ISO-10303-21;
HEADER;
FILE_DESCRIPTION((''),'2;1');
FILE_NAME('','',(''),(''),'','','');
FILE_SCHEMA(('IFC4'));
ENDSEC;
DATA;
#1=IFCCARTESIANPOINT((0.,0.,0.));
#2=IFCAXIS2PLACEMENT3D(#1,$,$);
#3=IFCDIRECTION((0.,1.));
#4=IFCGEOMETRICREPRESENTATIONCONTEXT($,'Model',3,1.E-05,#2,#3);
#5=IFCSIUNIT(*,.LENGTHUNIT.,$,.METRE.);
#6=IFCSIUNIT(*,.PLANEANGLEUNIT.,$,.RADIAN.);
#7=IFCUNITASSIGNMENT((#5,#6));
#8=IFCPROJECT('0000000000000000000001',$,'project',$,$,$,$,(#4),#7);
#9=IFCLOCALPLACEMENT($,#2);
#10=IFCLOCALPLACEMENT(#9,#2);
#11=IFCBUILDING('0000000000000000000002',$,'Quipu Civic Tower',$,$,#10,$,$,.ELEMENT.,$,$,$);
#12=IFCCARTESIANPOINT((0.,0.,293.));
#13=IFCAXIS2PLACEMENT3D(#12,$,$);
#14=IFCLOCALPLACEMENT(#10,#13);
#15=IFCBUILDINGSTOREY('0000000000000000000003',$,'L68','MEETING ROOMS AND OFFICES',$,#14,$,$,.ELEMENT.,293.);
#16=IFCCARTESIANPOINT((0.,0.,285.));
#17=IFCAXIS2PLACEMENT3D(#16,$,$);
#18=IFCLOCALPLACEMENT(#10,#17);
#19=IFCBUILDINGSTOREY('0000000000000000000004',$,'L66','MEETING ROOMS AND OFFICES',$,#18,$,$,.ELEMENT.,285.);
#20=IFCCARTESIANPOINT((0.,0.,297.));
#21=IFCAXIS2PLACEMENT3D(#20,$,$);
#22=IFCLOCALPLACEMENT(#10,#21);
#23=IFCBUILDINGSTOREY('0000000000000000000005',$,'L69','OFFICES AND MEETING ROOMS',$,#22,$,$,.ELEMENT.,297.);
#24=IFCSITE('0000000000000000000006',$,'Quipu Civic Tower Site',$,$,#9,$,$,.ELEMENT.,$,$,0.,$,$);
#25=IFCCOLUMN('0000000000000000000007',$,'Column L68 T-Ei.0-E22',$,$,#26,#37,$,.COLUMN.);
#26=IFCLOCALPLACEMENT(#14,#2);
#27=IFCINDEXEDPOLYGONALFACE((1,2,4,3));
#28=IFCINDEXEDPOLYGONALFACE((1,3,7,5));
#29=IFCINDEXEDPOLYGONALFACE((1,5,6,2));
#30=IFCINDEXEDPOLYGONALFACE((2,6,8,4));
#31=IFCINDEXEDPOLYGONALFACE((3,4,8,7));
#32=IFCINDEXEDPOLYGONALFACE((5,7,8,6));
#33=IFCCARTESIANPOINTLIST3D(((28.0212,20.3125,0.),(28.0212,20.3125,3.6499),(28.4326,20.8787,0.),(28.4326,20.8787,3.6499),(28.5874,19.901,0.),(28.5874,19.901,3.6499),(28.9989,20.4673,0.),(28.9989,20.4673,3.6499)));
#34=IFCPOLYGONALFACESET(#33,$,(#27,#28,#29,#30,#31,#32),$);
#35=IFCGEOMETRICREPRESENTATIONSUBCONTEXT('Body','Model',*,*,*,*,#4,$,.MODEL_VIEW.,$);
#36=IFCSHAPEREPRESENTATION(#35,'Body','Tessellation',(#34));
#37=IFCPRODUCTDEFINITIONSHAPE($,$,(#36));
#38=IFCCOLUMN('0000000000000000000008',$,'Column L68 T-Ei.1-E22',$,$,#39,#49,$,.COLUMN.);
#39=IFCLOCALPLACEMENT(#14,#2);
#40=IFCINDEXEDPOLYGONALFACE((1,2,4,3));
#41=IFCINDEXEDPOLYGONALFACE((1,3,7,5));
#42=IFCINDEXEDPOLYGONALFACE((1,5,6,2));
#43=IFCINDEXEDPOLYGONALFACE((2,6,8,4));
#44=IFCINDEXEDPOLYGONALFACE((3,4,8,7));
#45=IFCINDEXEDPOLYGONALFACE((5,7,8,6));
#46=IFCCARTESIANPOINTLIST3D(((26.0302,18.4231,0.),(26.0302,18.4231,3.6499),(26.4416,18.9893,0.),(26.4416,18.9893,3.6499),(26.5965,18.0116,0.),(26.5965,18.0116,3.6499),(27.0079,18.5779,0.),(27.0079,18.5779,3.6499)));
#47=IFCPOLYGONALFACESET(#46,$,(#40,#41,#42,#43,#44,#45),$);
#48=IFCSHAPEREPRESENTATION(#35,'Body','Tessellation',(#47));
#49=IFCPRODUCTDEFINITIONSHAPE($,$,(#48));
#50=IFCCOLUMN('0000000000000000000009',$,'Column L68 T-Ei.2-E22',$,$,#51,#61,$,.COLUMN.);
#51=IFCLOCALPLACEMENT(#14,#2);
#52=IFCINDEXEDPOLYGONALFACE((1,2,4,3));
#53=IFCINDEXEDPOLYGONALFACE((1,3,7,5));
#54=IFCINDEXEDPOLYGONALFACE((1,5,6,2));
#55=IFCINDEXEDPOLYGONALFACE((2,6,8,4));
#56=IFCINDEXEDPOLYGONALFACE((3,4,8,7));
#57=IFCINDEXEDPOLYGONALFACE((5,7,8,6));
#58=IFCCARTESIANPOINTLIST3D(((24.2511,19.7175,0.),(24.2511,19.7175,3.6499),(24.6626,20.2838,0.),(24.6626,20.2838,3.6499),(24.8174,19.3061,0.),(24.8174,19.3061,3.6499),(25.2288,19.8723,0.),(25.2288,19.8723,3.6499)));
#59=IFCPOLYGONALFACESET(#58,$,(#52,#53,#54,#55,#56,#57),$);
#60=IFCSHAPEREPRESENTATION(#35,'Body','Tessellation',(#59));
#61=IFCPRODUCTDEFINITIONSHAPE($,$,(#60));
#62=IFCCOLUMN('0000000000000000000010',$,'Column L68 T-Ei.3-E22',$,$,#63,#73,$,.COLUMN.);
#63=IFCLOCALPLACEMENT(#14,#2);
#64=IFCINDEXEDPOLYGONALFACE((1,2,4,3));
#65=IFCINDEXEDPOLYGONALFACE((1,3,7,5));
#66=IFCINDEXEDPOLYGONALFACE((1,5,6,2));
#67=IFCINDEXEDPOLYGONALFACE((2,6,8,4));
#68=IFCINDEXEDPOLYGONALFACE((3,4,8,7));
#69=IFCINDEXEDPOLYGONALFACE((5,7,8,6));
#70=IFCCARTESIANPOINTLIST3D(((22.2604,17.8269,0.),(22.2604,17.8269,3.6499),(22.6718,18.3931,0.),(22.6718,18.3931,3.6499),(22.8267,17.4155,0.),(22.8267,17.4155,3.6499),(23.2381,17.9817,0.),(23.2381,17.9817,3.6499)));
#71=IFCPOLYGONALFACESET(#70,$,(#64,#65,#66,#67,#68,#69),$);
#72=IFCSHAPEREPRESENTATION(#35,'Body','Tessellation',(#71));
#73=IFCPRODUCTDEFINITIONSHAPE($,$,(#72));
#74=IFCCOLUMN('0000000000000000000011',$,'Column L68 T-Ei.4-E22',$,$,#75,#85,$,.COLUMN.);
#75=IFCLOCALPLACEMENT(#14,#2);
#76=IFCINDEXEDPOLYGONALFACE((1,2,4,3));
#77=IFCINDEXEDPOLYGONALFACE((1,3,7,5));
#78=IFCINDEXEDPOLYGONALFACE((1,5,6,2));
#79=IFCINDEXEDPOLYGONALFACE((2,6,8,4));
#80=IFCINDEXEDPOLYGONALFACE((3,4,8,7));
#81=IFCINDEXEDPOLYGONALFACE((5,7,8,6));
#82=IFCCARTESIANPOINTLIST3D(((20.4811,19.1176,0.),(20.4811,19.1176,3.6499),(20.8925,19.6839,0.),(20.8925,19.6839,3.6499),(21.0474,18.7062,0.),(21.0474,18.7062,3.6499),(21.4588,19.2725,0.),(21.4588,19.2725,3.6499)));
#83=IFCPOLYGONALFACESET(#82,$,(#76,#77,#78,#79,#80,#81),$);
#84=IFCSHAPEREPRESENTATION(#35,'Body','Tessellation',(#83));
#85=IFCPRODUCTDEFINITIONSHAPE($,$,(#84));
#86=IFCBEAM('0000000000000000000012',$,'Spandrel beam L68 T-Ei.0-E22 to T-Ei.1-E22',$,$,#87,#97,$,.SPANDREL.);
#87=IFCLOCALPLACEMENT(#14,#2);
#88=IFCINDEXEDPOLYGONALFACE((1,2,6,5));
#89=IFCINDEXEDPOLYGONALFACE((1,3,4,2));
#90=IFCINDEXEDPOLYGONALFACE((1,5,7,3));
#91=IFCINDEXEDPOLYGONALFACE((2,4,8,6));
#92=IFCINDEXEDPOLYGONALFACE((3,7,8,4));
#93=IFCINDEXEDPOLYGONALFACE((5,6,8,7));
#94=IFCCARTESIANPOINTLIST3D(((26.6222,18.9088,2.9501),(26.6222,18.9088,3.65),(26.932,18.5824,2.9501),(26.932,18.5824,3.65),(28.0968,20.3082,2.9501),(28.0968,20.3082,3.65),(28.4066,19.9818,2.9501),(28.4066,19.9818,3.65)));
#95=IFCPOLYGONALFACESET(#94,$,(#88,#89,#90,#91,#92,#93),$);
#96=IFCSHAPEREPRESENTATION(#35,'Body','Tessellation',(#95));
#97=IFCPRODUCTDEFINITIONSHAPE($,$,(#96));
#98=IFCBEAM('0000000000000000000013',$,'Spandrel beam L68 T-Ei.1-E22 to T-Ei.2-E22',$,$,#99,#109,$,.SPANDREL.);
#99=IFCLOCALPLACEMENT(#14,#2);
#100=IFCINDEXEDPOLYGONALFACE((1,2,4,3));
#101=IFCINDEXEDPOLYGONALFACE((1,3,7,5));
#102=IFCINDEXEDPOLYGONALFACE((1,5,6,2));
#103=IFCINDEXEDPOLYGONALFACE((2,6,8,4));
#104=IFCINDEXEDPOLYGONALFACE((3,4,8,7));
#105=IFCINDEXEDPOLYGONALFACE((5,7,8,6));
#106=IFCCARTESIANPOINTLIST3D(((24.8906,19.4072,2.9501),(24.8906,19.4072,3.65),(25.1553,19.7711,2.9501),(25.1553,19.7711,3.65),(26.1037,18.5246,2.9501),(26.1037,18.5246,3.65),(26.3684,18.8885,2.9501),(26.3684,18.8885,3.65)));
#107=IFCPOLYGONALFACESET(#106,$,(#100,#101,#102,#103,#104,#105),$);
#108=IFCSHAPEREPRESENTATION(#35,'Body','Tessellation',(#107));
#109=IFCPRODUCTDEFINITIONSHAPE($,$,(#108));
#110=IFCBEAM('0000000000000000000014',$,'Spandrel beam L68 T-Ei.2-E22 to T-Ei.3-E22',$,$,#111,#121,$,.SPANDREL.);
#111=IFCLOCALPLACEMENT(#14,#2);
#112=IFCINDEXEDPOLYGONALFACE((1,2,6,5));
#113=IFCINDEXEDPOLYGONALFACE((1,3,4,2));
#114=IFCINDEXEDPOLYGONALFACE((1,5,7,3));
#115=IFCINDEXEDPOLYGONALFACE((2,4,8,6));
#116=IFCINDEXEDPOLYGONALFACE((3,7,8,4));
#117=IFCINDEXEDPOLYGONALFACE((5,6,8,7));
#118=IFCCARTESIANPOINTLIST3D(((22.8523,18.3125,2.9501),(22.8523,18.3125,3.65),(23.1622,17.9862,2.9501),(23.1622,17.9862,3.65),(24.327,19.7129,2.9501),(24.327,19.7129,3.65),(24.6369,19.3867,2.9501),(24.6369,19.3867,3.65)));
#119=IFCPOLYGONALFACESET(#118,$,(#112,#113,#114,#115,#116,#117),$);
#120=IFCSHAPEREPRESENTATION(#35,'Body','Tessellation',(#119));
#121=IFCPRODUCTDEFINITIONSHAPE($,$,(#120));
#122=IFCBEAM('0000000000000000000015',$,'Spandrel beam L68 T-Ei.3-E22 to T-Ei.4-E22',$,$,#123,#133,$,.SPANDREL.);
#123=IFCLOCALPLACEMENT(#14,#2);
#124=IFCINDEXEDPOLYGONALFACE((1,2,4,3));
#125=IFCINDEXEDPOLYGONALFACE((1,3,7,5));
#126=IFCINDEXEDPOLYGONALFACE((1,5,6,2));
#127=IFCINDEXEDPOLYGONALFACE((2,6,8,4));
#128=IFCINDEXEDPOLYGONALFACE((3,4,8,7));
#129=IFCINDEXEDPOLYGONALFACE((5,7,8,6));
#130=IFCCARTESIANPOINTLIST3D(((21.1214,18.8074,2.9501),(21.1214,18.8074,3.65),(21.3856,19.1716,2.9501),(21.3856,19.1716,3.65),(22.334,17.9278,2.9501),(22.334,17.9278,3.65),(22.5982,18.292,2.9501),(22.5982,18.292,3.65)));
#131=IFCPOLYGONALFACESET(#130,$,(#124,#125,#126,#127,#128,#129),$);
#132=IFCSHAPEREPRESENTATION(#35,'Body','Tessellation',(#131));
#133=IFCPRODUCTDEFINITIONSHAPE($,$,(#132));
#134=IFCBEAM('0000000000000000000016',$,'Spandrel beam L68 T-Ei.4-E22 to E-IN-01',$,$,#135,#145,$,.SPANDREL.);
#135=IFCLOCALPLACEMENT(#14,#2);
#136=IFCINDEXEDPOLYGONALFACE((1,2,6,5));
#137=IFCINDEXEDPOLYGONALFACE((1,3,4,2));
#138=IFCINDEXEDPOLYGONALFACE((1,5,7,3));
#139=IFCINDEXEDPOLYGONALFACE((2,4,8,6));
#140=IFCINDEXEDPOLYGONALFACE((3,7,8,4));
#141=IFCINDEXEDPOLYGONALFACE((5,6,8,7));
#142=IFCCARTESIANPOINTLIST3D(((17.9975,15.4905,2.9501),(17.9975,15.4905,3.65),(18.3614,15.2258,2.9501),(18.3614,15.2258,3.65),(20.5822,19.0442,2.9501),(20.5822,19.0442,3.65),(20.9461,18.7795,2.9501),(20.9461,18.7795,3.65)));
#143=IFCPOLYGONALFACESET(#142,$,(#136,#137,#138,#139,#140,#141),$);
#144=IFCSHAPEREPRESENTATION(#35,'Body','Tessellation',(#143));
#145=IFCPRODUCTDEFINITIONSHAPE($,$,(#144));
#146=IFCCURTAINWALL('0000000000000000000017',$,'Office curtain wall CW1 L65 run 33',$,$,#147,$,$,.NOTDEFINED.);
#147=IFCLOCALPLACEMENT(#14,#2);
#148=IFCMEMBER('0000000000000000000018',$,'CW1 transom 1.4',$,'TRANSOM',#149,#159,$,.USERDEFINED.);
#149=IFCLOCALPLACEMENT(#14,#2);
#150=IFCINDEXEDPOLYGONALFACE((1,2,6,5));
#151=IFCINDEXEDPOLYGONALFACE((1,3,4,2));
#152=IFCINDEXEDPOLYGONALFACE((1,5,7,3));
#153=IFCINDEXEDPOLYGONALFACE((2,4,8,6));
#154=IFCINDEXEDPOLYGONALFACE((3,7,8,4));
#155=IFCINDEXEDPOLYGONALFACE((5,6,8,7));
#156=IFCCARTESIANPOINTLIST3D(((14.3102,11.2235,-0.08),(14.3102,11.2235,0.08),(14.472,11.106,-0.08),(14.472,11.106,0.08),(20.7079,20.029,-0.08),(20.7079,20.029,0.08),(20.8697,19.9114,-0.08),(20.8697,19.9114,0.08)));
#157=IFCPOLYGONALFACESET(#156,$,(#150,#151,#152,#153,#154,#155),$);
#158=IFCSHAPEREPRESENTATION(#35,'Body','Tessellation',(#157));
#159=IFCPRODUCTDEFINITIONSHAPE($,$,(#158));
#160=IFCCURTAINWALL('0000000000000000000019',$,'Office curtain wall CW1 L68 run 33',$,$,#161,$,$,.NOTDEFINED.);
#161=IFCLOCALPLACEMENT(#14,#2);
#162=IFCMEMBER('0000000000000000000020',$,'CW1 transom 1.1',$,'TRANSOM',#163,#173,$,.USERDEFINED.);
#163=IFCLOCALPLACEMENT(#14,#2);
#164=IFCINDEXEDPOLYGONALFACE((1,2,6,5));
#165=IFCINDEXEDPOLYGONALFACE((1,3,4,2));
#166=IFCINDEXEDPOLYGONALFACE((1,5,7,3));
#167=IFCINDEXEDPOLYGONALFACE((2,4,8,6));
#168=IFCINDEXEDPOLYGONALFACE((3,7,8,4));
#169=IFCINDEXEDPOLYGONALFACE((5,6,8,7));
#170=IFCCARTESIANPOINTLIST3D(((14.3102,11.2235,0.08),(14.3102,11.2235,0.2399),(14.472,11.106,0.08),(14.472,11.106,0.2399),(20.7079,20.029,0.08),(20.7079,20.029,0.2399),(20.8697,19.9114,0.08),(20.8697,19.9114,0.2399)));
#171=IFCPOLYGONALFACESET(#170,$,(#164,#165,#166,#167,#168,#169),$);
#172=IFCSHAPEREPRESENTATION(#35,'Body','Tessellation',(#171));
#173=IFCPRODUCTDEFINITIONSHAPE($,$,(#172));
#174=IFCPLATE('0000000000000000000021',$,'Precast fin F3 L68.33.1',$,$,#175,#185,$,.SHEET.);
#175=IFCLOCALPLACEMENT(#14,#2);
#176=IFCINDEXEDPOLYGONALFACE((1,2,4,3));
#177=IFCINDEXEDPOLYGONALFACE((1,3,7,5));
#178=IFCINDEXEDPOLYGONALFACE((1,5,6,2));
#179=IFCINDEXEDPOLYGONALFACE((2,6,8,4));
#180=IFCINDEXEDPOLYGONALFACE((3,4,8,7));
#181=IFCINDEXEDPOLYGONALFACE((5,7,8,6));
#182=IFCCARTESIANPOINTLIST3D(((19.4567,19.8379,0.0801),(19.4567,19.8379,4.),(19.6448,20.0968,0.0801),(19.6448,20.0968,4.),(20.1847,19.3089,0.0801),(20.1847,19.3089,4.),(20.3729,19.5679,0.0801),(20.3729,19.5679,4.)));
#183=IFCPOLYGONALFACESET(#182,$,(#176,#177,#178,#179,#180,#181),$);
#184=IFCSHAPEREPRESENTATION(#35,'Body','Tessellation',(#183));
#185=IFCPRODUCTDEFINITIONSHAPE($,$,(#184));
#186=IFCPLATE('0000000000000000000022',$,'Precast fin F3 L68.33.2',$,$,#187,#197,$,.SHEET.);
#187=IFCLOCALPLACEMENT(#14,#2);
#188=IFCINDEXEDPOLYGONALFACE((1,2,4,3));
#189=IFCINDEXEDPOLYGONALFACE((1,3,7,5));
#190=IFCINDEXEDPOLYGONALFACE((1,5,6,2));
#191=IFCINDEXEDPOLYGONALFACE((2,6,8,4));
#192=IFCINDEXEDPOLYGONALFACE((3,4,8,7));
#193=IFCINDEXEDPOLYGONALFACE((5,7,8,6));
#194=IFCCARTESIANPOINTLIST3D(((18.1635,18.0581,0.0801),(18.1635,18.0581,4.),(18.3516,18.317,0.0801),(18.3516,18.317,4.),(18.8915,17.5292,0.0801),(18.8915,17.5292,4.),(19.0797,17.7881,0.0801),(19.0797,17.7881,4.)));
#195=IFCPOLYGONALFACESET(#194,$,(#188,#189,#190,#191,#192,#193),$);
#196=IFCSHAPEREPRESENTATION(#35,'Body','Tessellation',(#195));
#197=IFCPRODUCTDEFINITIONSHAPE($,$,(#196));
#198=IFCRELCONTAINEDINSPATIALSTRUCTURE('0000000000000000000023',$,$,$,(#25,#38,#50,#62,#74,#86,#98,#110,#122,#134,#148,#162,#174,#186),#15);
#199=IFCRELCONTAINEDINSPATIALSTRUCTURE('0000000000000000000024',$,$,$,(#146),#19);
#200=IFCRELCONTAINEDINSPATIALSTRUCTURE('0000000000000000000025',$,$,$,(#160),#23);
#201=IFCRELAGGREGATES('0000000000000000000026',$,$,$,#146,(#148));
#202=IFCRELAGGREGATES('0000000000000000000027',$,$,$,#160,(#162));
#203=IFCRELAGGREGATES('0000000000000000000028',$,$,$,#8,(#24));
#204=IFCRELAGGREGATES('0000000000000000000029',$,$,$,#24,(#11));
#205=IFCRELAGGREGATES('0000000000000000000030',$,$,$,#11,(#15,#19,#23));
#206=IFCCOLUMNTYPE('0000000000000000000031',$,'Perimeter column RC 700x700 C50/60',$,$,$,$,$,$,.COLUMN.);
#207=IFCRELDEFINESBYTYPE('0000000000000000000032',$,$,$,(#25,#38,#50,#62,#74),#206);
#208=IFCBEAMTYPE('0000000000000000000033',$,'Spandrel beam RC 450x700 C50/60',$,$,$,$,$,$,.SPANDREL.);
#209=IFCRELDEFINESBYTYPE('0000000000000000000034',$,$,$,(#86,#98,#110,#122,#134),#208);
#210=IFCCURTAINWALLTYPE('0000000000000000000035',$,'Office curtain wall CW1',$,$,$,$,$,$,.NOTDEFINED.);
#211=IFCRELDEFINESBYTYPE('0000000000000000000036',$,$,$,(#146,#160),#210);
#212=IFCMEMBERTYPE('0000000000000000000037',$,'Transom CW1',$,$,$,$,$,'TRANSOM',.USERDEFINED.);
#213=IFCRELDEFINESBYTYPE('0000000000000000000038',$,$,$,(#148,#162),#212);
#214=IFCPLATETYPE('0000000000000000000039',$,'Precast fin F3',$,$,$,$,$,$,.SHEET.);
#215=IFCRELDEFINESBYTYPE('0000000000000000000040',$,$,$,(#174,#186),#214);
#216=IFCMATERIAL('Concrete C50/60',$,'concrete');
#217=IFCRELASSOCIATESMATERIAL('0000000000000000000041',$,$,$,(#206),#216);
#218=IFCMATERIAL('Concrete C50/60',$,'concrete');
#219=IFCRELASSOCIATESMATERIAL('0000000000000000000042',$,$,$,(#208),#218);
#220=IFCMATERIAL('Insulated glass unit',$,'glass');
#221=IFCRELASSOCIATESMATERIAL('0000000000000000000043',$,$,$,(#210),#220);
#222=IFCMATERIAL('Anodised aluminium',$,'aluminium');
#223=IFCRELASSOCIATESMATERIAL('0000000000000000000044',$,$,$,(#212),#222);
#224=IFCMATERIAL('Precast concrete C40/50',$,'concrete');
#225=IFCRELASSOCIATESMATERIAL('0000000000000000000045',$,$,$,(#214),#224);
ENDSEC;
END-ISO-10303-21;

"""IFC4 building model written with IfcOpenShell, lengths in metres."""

from ifc_helpers import new_model, si_unit, direction, frame, origin, origin_2d, place, context, subcontext, project, spatial, rectangle, extrude, material, material_profile, profile_set, type_object, element, aggregate, save


model = new_model("IFC4")

# Units and contexts
model_context = context("Model", 3, precision=1e-05, world=origin(), true_north=direction((0.0, 1.0)))
body_context = subcontext(model_context, "Body", "Model", "MODEL_VIEW")
ifc_project = project(units=[si_unit("LENGTHUNIT", "METRE"), si_unit("PLANEANGLEUNIT", "RADIAN")], contexts=[model_context])

# Site, building, storey
site_placement = place(None, origin())
site = spatial("IfcSite", under=ifc_project, at=site_placement, Name="Quipu Civic Tower Site", CompositionType="ELEMENT", RefElevation=0.0)
building_placement = place(site_placement, origin())
building = spatial("IfcBuilding", under=site, at=building_placement, Name="Quipu Civic Tower", CompositionType="ELEMENT")
storey_1_placement = place(building_placement, frame((0.0, 0.0, 293.0)))
storey_1 = spatial("IfcBuildingStorey", under=building, at=storey_1_placement, Name="L68", Description="MEETING ROOMS AND OFFICES", CompositionType="ELEMENT", Elevation=293.0)

# Columns
ifc_material_1 = material(Name="Concrete C50/60", Category="concrete")
ifc_material_profile_1 = material_profile(ifc_material_1, rectangle(XDim=0.7, YDim=0.7, at=origin_2d()), Name="RC700x700")
ifc_profile_set_1 = profile_set([ifc_material_profile_1], Name="Concrete C50/60")
column_type = type_object("IfcColumnType", Name="Perimeter column RC 700x700 C50/60", PredefinedType="COLUMN", material=ifc_profile_set_1)
for number, where, z_axis, x_axis, name in (
    (1, (28.51, 20.3899, 0.0), (0.0, 0.0, 1.0), (-0.587785, -0.809017, 0.0), "Column L68 T-Ei.0-E22"),
    (2, (26.519, 18.5005, 0.0), (0.0, 0.0, 1.0), (-0.809017, 0.587785, 0.0), "Column L68 T-Ei.1-E22"),
    (3, (24.74, 19.7949, 0.0), (0.0, 0.0, 1.0), (-0.587785, -0.809017, 0.0), "Column L68 T-Ei.2-E22"),
    (4, (22.7493, 17.9043, 0.0), (0.0, 0.0, 1.0), (-0.587785, -0.809017, 0.0), "Column L68 T-Ei.3-E22"),
    (5, (20.97, 19.1951, 0.0), (0.0, 0.0, 1.0), (-0.587785, -0.809017, 0.0), "Column L68 T-Ei.4-E22"),
):
    element("IfcColumn", number, at=place(storey_1_placement, frame(where, z_axis=z_axis, x_axis=x_axis)), inside=storey_1, type_object=column_type, Name=name, PredefinedType="COLUMN", context=body_context, shape_type="SweptSolid", body=[
        extrude(rectangle(XDim=0.7, YDim=0.7, at=origin_2d()), origin(), (0.0, 0.0, 1.0), 3.6499),
    ])

# Beams
ifc_material_2 = material(Name="Concrete C50/60", Category="concrete")
ifc_material_profile_2 = material_profile(ifc_material_2, rectangle(XDim=0.45, YDim=0.7, at=origin_2d()), Name="RC450x700")
ifc_profile_set_2 = profile_set([ifc_material_profile_2], Name="Concrete C50/60")
beam_type = type_object("IfcBeamType", Name="Spandrel beam RC 450x700 C50/60", PredefinedType="SPANDREL", material=ifc_profile_set_2)
beam_1_placement = place(storey_1_placement, frame((28.2517, 20.145, 3.3), z_axis=(-0.725359, -0.688371, 0.0), x_axis=(0.688371, -0.725359, 0.0)))
element("IfcBeam", 6, at=beam_1_placement, inside=storey_1, type_object=beam_type, Name="Spandrel beam L68 T-Ei.0-E22 to T-Ei.1-E22", PredefinedType="SPANDREL", context=body_context, shape_type="SweptSolid", body=[
    extrude(rectangle(XDim=0.45, YDim=0.7, at=origin_2d()), origin(), (0.0, 0.0, 1.0), 2.033),
])
beam_2_placement = place(storey_1_placement, frame((26.2361, 18.7065, 3.3), z_axis=(-0.808645, 0.588297, 0.0), x_axis=(-0.588297, -0.808645, 0.0)))
element("IfcBeam", 7, at=beam_2_placement, inside=storey_1, type_object=beam_type, Name="Spandrel beam L68 T-Ei.1-E22 to T-Ei.2-E22", PredefinedType="SPANDREL", context=body_context, shape_type="SweptSolid", body=[
    extrude(rectangle(XDim=0.45, YDim=0.7, at=origin_2d()), origin(), (0.0, 0.0, 1.0), 1.5002),
])
beam_3_placement = place(storey_1_placement, frame((24.4819, 19.5498, 3.3), z_axis=(-0.725119, -0.688623, 0.0), x_axis=(0.688623, -0.725119, 0.0)))
element("IfcBeam", 8, at=beam_3_placement, inside=storey_1, type_object=beam_type, Name="Spandrel beam L68 T-Ei.2-E22 to T-Ei.3-E22", PredefinedType="SPANDREL", context=body_context, shape_type="SweptSolid", body=[
    extrude(rectangle(XDim=0.45, YDim=0.7, at=origin_2d()), origin(), (0.0, 0.0, 1.0), 2.0337),
])
beam_4_placement = place(storey_1_placement, frame((22.4661, 18.1099, 3.3), z_axis=(-0.809461, 0.587173, 0.0), x_axis=(-0.587173, -0.809461, 0.0)))
element("IfcBeam", 9, at=beam_4_placement, inside=storey_1, type_object=beam_type, Name="Spandrel beam L68 T-Ei.3-E22 to T-Ei.4-E22", PredefinedType="SPANDREL", context=body_context, shape_type="SweptSolid", body=[
    extrude(rectangle(XDim=0.45, YDim=0.7, at=origin_2d()), origin(), (0.0, 0.0, 1.0), 1.498),
])
beam_5_placement = place(storey_1_placement, frame((20.7642, 18.9119, 3.3), z_axis=(-0.588201, -0.808714, 0.0), x_axis=(0.808714, -0.588201, 0.0)))
element("IfcBeam", 10, at=beam_5_placement, inside=storey_1, type_object=beam_type, Name="Spandrel beam L68 T-Ei.4-E22 to E-IN-01", PredefinedType="SPANDREL", context=body_context, shape_type="SweptSolid", body=[
    extrude(rectangle(XDim=0.45, YDim=0.7, at=origin_2d()), origin(), (0.0, 0.0, 1.0), 4.3943),
])

# Shared definitions
storey_2_placement = place(building_placement, frame((0.0, 0.0, 285.0)))
storey_2 = spatial("IfcBuildingStorey", under=building, at=storey_2_placement, Name="L66", Description="MEETING ROOMS AND OFFICES", CompositionType="ELEMENT", Elevation=285.0)

# Curtain wall, member
ifc_material_3 = material(Name="Insulated glass unit", Category="glass")
curtain_wall_type = type_object("IfcCurtainWallType", Name="Office curtain wall CW1", PredefinedType="NOTDEFINED", material=ifc_material_3)
curtain_wall_1_placement = place(storey_2_placement, origin())
curtain_wall_1 = element("IfcCurtainWall", 11, at=curtain_wall_1_placement, inside=storey_2, type_object=curtain_wall_type, Name="Office curtain wall CW1 L65 run 33", PredefinedType="NOTDEFINED")
ifc_material_4 = material(Name="Anodised aluminium", Category="aluminium")
ifc_material_profile_3 = material_profile(ifc_material_4, rectangle(XDim=0.2, YDim=0.1599, at=origin_2d()), Name="RECT 200x160")
ifc_profile_set_3 = profile_set([ifc_material_profile_3], Name="Anodised aluminium")
member_type = type_object("IfcMemberType", Name="Transom CW1", ElementType="TRANSOM", PredefinedType="USERDEFINED", material=ifc_profile_set_3)
member_1_placement = place(storey_1_placement, frame((20.7888, 19.9702, 0.0), z_axis=(-0.587797, -0.809009, 0.0), x_axis=(0.809009, -0.587797, 0.0)))
member_1 = element("IfcMember", 12, at=member_1_placement, inside=storey_1, type_object=member_type, Name="CW1 transom 1.4", ObjectType="TRANSOM", PredefinedType="USERDEFINED", context=body_context, shape_type="SweptSolid", body=[
    extrude(rectangle(XDim=0.2, YDim=0.1599, at=origin_2d()), origin(), (0.0, 0.0, 1.0), 10.8843),
])
aggregate(curtain_wall_1, [member_1])

# Shared definitions
storey_3_placement = place(building_placement, frame((0.0, 0.0, 297.0)))
storey_3 = spatial("IfcBuildingStorey", under=building, at=storey_3_placement, Name="L69", Description="OFFICES AND MEETING ROOMS", CompositionType="ELEMENT", Elevation=297.0)

# Curtain wall, member
curtain_wall_2_placement = place(storey_3_placement, origin())
curtain_wall_2 = element("IfcCurtainWall", 13, at=curtain_wall_2_placement, inside=storey_3, type_object=curtain_wall_type, Name="Office curtain wall CW1 L68 run 33", PredefinedType="NOTDEFINED")
member_2_placement = place(storey_1_placement, frame((20.7888, 19.9702, 0.1599), z_axis=(-0.587797, -0.809009, 0.0), x_axis=(0.809009, -0.587797, 0.0)))
member_2 = element("IfcMember", 14, at=member_2_placement, inside=storey_1, type_object=member_type, Name="CW1 transom 1.1", ObjectType="TRANSOM", PredefinedType="USERDEFINED", context=body_context, shape_type="SweptSolid", body=[
    extrude(rectangle(XDim=0.2, YDim=0.1599, at=origin_2d()), origin(), (0.0, 0.0, 1.0), 10.8843),
])
aggregate(curtain_wall_2, [member_2])

# Plates
ifc_material_5 = material(Name="Precast concrete C40/50", Category="concrete")
plate_type = type_object("IfcPlateType", Name="Precast fin F3", PredefinedType="SHEET", material=ifc_material_5)
for number, where, z_axis, x_axis, name in (
    (15, (19.9148, 19.7029, 0.0801), (0.0, 0.0, 1.0), (-0.587784, -0.809018, 0.0), "Precast fin F3 L68.33.1"),
    (16, (18.6216, 17.9231, 0.0801), (0.0, 0.0, 1.0), (-0.587784, -0.809018, 0.0), "Precast fin F3 L68.33.2"),
):
    element("IfcPlate", number, at=place(storey_1_placement, frame(where, z_axis=z_axis, x_axis=x_axis)), inside=storey_1, type_object=plate_type, Name=name, PredefinedType="SHEET", context=body_context, shape_type="SweptSolid", body=[
        extrude(rectangle(XDim=0.3201, YDim=0.8999, at=origin_2d()), origin(), (0.0, 0.0, 1.0), 3.9199),
    ])

save(model, "model.ifc")
